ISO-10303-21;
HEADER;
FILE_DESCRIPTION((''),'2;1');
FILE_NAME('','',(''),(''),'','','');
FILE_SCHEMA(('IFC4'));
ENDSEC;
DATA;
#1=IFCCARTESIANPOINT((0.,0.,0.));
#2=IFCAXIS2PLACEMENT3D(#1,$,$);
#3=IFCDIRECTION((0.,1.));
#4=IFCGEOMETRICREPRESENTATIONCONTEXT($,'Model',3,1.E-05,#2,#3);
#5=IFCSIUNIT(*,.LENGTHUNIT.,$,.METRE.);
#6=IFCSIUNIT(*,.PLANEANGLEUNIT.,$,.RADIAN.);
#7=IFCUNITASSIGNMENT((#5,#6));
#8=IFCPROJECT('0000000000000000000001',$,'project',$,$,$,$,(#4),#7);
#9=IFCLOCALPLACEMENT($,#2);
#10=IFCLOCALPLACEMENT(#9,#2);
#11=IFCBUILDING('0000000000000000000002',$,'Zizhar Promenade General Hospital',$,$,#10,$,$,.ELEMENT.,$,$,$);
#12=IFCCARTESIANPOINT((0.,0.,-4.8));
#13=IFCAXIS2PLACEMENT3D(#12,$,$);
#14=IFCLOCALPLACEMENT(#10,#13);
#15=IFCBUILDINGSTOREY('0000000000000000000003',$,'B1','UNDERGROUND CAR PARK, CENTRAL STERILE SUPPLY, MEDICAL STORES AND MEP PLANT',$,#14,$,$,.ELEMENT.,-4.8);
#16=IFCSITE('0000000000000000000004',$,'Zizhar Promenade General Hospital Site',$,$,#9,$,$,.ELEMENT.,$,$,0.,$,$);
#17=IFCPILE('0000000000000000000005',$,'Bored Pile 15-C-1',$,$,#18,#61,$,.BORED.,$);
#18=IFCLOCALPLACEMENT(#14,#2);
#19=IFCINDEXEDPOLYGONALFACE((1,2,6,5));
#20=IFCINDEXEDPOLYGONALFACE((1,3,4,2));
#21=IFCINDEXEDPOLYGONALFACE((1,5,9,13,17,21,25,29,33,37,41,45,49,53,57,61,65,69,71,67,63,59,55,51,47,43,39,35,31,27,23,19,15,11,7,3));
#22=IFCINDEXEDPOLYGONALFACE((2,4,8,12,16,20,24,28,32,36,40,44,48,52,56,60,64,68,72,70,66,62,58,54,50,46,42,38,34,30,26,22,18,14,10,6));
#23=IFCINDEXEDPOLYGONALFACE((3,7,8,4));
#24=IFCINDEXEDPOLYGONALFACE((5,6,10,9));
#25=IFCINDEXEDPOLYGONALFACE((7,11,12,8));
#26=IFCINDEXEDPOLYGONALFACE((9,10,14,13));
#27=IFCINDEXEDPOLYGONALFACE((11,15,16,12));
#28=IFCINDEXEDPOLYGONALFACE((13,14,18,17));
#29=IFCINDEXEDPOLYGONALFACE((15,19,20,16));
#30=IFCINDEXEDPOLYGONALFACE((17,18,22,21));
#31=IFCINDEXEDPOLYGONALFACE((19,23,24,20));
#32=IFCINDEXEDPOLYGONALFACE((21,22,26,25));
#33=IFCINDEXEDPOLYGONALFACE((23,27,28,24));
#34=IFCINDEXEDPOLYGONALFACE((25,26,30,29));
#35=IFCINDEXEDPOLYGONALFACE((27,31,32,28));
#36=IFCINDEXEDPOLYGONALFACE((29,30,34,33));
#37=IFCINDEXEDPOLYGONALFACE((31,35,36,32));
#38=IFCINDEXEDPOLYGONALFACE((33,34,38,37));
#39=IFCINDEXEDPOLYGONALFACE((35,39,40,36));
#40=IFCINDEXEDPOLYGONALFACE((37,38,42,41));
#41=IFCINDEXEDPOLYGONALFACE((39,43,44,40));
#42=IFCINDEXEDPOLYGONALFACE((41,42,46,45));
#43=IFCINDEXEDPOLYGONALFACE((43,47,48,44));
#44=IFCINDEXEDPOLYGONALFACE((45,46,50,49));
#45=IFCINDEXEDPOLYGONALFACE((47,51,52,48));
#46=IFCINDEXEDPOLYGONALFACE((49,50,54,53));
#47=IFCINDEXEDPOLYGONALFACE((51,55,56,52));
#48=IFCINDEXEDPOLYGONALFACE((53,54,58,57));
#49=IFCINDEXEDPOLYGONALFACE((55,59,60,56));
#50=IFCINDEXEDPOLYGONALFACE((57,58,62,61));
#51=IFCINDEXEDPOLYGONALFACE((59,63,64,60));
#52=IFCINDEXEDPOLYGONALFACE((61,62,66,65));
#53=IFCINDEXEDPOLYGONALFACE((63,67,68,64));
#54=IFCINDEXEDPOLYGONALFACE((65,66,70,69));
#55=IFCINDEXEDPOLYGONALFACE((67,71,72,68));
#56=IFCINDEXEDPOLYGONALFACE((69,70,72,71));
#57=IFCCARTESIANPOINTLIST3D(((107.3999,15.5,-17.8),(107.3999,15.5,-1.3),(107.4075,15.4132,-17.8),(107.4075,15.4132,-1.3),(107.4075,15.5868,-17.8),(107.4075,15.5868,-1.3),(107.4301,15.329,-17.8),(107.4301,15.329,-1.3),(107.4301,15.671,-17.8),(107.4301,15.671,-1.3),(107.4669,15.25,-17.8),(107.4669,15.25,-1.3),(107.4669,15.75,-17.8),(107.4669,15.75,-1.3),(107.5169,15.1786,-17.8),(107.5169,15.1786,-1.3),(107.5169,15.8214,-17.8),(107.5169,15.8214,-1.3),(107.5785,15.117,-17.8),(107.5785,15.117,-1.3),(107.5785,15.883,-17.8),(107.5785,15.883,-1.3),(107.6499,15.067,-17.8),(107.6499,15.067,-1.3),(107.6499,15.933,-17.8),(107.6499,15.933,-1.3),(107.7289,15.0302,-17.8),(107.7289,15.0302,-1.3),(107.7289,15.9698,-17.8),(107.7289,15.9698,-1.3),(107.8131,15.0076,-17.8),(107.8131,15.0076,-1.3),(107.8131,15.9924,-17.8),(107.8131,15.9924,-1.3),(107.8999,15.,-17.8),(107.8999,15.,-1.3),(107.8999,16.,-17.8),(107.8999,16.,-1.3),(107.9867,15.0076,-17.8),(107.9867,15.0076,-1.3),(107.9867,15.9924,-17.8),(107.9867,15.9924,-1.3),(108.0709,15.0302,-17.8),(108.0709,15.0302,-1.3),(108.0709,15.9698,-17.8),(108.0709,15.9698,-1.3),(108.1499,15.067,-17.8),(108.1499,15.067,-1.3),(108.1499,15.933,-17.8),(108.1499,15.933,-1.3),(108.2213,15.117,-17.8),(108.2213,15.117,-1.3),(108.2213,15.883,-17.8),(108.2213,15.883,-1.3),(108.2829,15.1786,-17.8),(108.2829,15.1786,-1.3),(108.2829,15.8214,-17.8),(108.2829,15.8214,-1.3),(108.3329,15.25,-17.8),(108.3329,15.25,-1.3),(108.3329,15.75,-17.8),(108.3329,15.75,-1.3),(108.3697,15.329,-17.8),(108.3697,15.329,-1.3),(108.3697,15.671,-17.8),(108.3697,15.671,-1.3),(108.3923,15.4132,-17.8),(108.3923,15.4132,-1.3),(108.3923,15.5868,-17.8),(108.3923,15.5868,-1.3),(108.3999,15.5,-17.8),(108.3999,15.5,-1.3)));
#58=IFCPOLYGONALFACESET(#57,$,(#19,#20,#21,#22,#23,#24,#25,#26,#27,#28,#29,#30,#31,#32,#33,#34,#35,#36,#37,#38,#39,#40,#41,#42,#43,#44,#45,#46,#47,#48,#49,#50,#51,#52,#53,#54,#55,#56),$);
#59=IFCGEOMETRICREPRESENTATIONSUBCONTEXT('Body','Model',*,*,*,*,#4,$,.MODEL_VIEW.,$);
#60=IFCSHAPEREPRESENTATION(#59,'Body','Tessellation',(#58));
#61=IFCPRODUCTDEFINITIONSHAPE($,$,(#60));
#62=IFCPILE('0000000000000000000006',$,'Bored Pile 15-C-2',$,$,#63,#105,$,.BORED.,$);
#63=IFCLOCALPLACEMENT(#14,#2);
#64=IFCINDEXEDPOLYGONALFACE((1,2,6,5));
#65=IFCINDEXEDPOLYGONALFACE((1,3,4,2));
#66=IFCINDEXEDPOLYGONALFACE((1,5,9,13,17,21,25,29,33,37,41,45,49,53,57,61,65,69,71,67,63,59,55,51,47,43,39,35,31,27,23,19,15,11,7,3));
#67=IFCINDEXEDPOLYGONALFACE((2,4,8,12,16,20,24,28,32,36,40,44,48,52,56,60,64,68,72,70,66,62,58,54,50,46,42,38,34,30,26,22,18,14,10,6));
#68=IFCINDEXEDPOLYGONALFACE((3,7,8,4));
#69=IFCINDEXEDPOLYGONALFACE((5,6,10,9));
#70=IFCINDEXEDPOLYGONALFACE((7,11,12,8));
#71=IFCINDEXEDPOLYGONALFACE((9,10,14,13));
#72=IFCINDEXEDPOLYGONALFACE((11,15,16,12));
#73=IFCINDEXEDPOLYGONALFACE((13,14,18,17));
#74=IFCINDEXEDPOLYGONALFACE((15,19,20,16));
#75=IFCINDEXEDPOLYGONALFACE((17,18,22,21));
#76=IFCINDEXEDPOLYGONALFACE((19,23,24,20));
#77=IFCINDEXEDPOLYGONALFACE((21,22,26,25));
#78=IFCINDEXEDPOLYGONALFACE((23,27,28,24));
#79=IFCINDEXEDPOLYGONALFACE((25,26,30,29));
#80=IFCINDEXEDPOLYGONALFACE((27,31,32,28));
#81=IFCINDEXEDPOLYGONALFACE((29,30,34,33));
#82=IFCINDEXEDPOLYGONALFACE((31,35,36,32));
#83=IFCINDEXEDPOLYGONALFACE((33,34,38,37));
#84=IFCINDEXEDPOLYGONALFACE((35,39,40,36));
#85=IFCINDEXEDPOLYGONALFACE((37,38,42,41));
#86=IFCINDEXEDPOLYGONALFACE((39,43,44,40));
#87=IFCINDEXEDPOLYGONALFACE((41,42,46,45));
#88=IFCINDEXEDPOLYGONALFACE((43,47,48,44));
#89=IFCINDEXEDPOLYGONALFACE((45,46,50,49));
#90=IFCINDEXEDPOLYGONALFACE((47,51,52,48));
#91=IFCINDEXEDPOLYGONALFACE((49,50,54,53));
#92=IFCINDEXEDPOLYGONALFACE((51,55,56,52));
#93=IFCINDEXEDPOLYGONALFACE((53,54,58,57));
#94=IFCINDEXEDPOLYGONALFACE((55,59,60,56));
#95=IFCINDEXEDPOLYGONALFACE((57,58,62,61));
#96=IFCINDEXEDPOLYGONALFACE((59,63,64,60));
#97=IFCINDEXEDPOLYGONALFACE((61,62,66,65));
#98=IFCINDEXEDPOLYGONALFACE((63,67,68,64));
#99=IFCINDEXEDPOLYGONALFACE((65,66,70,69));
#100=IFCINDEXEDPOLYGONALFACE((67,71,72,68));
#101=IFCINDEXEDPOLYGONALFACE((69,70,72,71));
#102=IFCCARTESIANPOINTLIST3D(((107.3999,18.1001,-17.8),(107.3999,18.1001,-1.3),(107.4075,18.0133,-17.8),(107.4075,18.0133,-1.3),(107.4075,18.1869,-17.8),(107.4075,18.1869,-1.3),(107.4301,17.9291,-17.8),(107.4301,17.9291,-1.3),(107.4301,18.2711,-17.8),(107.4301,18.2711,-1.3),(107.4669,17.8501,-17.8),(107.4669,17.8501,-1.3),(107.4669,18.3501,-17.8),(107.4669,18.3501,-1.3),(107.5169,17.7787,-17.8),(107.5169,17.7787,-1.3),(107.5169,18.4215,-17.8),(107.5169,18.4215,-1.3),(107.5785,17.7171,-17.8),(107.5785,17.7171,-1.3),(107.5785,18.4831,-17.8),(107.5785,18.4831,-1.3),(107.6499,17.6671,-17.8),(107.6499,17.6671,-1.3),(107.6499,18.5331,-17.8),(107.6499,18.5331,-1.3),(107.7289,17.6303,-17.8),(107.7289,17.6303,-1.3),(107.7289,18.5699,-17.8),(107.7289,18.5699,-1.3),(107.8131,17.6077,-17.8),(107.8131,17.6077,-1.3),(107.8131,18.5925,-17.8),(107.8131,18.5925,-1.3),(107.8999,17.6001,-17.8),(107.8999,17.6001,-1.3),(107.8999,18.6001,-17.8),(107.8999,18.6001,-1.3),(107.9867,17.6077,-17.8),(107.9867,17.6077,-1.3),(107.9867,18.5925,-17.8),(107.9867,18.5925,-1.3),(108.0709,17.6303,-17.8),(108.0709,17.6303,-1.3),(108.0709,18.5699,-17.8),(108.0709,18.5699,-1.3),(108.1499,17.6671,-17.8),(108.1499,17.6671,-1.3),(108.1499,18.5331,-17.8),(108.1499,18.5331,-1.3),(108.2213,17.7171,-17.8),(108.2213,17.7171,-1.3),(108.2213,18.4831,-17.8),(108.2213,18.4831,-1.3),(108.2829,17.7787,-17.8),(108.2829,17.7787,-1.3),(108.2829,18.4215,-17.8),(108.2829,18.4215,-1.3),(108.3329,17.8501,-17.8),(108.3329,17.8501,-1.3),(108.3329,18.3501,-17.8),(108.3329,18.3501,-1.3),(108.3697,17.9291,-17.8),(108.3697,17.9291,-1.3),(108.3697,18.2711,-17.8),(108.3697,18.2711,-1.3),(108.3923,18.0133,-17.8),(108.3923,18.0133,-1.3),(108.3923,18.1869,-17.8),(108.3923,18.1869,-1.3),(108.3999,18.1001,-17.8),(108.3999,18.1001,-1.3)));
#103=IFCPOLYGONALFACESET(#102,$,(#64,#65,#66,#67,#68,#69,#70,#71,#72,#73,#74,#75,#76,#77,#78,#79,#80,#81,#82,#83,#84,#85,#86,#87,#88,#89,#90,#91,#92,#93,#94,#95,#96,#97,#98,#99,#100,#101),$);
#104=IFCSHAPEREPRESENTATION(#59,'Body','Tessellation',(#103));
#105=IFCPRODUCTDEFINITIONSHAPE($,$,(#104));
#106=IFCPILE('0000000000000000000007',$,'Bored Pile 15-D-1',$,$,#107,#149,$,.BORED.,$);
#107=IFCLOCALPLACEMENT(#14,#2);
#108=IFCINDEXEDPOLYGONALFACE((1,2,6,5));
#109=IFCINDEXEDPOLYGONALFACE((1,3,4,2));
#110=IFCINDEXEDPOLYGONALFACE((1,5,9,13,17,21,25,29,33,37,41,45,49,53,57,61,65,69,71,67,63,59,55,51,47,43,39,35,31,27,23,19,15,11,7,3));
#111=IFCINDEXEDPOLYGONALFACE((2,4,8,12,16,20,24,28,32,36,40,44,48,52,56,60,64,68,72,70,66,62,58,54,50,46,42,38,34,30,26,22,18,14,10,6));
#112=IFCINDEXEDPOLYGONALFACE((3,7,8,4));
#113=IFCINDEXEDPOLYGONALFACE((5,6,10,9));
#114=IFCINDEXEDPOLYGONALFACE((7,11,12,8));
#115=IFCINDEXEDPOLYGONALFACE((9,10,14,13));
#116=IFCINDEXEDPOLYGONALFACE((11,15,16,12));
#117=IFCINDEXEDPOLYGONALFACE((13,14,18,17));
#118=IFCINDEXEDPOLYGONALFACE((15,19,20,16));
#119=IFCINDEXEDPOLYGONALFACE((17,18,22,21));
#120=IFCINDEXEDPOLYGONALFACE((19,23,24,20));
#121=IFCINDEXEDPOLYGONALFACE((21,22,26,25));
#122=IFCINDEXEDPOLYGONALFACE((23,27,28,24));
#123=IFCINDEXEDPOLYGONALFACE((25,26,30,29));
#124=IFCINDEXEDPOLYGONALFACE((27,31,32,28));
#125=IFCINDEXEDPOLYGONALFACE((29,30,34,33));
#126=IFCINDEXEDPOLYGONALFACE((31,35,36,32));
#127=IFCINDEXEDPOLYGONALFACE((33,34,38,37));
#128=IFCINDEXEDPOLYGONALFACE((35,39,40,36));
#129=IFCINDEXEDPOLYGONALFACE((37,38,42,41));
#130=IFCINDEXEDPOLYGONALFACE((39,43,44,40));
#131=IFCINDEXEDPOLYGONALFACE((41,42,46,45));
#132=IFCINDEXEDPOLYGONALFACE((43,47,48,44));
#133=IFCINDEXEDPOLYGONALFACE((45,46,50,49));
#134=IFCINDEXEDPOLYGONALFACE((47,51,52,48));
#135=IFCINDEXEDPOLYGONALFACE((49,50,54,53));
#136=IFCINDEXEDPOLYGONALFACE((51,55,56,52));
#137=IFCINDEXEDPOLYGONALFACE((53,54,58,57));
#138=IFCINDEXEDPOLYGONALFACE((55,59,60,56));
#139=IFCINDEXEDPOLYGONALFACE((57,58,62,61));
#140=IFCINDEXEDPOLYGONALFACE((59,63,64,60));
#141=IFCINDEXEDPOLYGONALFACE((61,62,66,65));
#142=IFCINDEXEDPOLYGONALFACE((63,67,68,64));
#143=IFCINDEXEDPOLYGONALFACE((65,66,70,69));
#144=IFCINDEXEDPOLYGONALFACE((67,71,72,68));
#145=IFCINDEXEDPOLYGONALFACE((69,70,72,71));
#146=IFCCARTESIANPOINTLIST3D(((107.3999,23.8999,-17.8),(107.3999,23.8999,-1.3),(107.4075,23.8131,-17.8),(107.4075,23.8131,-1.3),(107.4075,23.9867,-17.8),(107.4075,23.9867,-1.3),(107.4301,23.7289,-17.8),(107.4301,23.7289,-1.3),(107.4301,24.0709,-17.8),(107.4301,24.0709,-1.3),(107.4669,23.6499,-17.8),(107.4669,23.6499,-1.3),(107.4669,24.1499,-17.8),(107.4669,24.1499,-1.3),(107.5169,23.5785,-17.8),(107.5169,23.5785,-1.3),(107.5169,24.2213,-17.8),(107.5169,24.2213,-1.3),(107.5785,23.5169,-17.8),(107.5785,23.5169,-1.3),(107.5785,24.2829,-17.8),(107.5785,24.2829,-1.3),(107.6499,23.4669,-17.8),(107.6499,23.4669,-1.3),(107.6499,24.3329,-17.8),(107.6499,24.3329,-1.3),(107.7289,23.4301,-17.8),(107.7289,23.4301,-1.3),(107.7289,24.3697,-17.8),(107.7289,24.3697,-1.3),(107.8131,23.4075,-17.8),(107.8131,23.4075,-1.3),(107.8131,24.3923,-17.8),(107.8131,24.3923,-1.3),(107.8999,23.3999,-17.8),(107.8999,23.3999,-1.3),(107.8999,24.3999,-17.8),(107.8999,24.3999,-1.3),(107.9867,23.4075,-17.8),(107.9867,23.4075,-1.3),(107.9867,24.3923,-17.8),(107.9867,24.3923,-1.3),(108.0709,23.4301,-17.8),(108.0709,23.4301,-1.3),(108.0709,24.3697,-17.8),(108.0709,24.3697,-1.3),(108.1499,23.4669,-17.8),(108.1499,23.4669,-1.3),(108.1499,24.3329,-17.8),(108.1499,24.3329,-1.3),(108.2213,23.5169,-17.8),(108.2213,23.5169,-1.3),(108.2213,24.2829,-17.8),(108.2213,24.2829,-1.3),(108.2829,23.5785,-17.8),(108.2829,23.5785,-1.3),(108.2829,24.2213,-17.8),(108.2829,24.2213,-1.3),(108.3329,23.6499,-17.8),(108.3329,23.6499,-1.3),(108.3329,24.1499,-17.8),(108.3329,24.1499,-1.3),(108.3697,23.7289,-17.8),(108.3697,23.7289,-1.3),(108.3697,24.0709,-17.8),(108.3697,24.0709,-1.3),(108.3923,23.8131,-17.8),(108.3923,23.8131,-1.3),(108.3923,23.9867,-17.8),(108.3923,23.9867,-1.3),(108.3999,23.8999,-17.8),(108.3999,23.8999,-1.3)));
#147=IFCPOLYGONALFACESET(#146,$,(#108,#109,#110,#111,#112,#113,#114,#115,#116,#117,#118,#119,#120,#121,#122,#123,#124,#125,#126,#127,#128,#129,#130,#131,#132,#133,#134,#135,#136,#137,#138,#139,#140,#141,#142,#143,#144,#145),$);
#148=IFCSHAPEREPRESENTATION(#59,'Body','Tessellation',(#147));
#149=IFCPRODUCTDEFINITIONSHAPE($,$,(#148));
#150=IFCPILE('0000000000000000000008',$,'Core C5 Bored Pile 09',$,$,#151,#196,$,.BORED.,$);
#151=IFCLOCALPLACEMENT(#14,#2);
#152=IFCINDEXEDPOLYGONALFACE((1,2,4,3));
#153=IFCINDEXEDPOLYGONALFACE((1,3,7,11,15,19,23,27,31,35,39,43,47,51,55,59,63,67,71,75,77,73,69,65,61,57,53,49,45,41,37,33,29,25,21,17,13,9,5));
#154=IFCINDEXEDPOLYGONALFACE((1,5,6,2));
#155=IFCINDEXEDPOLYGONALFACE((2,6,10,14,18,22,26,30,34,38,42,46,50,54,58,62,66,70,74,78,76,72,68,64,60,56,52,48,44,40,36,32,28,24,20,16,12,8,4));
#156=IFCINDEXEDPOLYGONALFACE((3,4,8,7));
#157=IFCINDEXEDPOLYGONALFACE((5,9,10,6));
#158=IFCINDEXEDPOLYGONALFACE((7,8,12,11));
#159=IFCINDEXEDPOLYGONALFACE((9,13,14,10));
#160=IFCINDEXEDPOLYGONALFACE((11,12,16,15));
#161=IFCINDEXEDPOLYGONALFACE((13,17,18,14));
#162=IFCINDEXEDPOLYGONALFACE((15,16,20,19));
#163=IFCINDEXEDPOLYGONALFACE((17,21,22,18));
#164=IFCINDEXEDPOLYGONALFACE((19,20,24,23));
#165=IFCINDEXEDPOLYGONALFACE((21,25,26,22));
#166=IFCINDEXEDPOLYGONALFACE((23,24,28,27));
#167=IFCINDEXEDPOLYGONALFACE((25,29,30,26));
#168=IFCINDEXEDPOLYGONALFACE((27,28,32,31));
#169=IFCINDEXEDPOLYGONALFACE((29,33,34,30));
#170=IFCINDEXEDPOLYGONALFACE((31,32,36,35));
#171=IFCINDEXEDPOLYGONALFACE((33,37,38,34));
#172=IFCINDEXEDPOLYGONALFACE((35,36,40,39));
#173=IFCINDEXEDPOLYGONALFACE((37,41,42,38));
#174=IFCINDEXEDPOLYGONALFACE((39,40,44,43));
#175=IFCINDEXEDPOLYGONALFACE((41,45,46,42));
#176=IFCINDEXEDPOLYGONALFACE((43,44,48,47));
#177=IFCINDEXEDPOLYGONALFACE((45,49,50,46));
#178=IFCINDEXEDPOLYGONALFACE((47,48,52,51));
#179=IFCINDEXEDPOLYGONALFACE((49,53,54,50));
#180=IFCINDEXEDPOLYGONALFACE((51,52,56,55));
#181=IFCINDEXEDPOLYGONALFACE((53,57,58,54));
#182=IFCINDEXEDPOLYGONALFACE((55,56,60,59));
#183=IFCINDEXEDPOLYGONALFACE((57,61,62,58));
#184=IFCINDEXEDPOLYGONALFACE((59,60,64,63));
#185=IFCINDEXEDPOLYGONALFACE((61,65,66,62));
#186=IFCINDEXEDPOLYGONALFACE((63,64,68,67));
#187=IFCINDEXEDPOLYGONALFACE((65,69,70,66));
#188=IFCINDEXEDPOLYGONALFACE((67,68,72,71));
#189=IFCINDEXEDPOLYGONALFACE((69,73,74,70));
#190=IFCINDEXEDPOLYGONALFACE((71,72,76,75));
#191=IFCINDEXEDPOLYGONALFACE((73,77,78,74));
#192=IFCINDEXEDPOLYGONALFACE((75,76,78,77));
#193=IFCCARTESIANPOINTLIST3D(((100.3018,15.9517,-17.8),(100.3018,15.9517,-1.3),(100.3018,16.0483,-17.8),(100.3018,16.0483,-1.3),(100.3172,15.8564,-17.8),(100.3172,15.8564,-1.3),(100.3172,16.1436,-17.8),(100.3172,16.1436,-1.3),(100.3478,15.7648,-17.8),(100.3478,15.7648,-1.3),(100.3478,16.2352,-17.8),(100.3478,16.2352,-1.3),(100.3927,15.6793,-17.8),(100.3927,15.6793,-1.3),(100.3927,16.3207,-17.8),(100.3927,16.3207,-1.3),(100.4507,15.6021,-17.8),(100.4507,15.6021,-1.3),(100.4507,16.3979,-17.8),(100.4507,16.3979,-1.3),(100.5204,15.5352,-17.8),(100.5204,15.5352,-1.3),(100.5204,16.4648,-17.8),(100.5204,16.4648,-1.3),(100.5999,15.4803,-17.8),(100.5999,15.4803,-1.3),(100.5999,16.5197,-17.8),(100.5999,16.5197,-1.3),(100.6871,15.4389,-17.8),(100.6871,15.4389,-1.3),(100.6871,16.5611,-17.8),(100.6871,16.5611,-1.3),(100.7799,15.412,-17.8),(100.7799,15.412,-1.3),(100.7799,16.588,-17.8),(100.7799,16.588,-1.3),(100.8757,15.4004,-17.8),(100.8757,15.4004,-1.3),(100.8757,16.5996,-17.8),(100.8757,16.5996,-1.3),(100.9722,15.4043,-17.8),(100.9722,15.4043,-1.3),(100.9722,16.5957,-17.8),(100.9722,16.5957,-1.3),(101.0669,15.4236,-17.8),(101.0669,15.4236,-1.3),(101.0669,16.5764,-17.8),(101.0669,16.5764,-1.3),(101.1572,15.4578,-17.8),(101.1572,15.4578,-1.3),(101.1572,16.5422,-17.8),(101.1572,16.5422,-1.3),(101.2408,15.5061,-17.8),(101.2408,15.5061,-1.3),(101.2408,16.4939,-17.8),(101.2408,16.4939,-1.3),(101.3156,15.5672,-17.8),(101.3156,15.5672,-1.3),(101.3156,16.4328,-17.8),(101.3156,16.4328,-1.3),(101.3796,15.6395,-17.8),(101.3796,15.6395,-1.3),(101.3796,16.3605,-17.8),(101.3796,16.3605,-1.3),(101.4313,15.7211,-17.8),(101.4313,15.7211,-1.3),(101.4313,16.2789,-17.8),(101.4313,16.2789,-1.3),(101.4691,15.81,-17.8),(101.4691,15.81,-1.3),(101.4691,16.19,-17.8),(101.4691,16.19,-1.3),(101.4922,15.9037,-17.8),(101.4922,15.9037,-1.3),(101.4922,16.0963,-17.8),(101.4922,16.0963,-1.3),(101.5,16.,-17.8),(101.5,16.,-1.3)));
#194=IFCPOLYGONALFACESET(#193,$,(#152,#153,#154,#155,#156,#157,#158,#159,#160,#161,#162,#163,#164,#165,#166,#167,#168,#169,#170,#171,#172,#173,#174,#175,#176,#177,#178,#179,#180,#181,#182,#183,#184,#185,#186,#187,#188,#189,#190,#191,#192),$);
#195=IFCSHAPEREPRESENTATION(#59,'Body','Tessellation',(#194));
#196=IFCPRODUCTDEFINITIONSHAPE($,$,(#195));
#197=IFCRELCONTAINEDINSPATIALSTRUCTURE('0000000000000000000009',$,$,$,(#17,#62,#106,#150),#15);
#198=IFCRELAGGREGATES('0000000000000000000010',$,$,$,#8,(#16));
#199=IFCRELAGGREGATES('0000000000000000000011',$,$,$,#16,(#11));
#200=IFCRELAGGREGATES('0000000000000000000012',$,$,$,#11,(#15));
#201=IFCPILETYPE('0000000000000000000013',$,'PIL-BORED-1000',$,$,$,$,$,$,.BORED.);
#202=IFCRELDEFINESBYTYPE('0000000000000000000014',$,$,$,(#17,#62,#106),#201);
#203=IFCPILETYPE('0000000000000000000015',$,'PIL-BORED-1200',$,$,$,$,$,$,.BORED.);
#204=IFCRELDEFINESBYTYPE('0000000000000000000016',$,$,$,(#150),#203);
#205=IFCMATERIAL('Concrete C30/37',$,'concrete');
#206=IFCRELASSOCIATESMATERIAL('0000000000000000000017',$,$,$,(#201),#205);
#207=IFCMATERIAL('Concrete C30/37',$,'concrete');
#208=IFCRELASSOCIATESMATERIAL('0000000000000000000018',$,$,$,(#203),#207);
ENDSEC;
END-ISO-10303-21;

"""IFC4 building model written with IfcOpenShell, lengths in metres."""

from ifc_helpers import new_model, si_unit, direction, frame, origin, origin_2d, place, context, subcontext, project, spatial, circle, extrude, material, material_profile, profile_set, type_object, element, save


model = new_model("IFC4")

# Units and contexts
model_context = context("Model", 3, precision=1e-05, world=origin(), true_north=direction((0.0, 1.0)))
body_context = subcontext(model_context, "Body", "Model", "MODEL_VIEW")
ifc_project = project(units=[si_unit("LENGTHUNIT", "METRE"), si_unit("PLANEANGLEUNIT", "RADIAN")], contexts=[model_context])

# Site, building, storey
site_placement = place(None, origin())
site = spatial("IfcSite", under=ifc_project, at=site_placement, Name="Zizhar Promenade General Hospital Site", CompositionType="ELEMENT", RefElevation=0.0)
building_placement = place(site_placement, origin())
building = spatial("IfcBuilding", under=site, at=building_placement, Name="Zizhar Promenade General Hospital", CompositionType="ELEMENT")
storey_placement = place(building_placement, frame((0.0, 0.0, -4.8)))
storey = spatial("IfcBuildingStorey", under=building, at=storey_placement, Name="B1", Description="UNDERGROUND CAR PARK, CENTRAL STERILE SUPPLY, MEDICAL STORES AND MEP PLANT", CompositionType="ELEMENT", Elevation=-4.8)

# Piles
ifc_material_1 = material(Name="Concrete C30/37", Category="concrete")
ifc_material_profile_1 = material_profile(ifc_material_1, circle(Radius=0.5, at=origin_2d()))
ifc_profile_set_1 = profile_set([ifc_material_profile_1], Name="Concrete C30/37")
pile_type_1 = type_object("IfcPileType", Name="PIL-BORED-1000", PredefinedType="BORED", material=ifc_profile_set_1)
for number, where, z_axis, x_axis, name in (
    (1, (107.8999, 15.5, -1.3), (0.0, 0.0, -1.0), (1.0, 0.0, 0.0), "Bored Pile 15-C-1"),
    (2, (107.8999, 18.1001, -1.3), (0.0, 0.0, -1.0), (1.0, 0.0, 0.0), "Bored Pile 15-C-2"),
    (3, (107.8999, 23.8999, -1.3), (0.0, 0.0, -1.0), (1.0, 0.0, 0.0), "Bored Pile 15-D-1"),
):
    element("IfcPile", number, at=place(storey_placement, frame(where, z_axis=z_axis, x_axis=x_axis)), inside=storey, type_object=pile_type_1, Name=name, PredefinedType="BORED", context=body_context, shape_type="SweptSolid", body=[
        extrude(circle(Radius=0.5, at=origin_2d()), origin(), (0.0, 0.0, 1.0), 16.5),
    ])
ifc_material_2 = material(Name="Concrete C30/37", Category="concrete")
ifc_material_profile_2 = material_profile(ifc_material_2, circle(Radius=0.6001, at=origin_2d()))
ifc_profile_set_2 = profile_set([ifc_material_profile_2], Name="Concrete C30/37")
pile_type_2 = type_object("IfcPileType", Name="PIL-BORED-1200", PredefinedType="BORED", material=ifc_profile_set_2)
pile_placement = place(storey_placement, frame((100.8999, 16.0, -1.3), z_axis=(0.0, 0.0, -1.0), x_axis=(1.0, 0.0, 0.0)))
element("IfcPile", 4, at=pile_placement, inside=storey, type_object=pile_type_2, Name="Core C5 Bored Pile 09", PredefinedType="BORED", context=body_context, shape_type="SweptSolid", body=[
    extrude(circle(Radius=0.6001, at=origin_2d()), origin(), (0.0, 0.0, 1.0), 16.5),
])

save(model, "model.ifc")
